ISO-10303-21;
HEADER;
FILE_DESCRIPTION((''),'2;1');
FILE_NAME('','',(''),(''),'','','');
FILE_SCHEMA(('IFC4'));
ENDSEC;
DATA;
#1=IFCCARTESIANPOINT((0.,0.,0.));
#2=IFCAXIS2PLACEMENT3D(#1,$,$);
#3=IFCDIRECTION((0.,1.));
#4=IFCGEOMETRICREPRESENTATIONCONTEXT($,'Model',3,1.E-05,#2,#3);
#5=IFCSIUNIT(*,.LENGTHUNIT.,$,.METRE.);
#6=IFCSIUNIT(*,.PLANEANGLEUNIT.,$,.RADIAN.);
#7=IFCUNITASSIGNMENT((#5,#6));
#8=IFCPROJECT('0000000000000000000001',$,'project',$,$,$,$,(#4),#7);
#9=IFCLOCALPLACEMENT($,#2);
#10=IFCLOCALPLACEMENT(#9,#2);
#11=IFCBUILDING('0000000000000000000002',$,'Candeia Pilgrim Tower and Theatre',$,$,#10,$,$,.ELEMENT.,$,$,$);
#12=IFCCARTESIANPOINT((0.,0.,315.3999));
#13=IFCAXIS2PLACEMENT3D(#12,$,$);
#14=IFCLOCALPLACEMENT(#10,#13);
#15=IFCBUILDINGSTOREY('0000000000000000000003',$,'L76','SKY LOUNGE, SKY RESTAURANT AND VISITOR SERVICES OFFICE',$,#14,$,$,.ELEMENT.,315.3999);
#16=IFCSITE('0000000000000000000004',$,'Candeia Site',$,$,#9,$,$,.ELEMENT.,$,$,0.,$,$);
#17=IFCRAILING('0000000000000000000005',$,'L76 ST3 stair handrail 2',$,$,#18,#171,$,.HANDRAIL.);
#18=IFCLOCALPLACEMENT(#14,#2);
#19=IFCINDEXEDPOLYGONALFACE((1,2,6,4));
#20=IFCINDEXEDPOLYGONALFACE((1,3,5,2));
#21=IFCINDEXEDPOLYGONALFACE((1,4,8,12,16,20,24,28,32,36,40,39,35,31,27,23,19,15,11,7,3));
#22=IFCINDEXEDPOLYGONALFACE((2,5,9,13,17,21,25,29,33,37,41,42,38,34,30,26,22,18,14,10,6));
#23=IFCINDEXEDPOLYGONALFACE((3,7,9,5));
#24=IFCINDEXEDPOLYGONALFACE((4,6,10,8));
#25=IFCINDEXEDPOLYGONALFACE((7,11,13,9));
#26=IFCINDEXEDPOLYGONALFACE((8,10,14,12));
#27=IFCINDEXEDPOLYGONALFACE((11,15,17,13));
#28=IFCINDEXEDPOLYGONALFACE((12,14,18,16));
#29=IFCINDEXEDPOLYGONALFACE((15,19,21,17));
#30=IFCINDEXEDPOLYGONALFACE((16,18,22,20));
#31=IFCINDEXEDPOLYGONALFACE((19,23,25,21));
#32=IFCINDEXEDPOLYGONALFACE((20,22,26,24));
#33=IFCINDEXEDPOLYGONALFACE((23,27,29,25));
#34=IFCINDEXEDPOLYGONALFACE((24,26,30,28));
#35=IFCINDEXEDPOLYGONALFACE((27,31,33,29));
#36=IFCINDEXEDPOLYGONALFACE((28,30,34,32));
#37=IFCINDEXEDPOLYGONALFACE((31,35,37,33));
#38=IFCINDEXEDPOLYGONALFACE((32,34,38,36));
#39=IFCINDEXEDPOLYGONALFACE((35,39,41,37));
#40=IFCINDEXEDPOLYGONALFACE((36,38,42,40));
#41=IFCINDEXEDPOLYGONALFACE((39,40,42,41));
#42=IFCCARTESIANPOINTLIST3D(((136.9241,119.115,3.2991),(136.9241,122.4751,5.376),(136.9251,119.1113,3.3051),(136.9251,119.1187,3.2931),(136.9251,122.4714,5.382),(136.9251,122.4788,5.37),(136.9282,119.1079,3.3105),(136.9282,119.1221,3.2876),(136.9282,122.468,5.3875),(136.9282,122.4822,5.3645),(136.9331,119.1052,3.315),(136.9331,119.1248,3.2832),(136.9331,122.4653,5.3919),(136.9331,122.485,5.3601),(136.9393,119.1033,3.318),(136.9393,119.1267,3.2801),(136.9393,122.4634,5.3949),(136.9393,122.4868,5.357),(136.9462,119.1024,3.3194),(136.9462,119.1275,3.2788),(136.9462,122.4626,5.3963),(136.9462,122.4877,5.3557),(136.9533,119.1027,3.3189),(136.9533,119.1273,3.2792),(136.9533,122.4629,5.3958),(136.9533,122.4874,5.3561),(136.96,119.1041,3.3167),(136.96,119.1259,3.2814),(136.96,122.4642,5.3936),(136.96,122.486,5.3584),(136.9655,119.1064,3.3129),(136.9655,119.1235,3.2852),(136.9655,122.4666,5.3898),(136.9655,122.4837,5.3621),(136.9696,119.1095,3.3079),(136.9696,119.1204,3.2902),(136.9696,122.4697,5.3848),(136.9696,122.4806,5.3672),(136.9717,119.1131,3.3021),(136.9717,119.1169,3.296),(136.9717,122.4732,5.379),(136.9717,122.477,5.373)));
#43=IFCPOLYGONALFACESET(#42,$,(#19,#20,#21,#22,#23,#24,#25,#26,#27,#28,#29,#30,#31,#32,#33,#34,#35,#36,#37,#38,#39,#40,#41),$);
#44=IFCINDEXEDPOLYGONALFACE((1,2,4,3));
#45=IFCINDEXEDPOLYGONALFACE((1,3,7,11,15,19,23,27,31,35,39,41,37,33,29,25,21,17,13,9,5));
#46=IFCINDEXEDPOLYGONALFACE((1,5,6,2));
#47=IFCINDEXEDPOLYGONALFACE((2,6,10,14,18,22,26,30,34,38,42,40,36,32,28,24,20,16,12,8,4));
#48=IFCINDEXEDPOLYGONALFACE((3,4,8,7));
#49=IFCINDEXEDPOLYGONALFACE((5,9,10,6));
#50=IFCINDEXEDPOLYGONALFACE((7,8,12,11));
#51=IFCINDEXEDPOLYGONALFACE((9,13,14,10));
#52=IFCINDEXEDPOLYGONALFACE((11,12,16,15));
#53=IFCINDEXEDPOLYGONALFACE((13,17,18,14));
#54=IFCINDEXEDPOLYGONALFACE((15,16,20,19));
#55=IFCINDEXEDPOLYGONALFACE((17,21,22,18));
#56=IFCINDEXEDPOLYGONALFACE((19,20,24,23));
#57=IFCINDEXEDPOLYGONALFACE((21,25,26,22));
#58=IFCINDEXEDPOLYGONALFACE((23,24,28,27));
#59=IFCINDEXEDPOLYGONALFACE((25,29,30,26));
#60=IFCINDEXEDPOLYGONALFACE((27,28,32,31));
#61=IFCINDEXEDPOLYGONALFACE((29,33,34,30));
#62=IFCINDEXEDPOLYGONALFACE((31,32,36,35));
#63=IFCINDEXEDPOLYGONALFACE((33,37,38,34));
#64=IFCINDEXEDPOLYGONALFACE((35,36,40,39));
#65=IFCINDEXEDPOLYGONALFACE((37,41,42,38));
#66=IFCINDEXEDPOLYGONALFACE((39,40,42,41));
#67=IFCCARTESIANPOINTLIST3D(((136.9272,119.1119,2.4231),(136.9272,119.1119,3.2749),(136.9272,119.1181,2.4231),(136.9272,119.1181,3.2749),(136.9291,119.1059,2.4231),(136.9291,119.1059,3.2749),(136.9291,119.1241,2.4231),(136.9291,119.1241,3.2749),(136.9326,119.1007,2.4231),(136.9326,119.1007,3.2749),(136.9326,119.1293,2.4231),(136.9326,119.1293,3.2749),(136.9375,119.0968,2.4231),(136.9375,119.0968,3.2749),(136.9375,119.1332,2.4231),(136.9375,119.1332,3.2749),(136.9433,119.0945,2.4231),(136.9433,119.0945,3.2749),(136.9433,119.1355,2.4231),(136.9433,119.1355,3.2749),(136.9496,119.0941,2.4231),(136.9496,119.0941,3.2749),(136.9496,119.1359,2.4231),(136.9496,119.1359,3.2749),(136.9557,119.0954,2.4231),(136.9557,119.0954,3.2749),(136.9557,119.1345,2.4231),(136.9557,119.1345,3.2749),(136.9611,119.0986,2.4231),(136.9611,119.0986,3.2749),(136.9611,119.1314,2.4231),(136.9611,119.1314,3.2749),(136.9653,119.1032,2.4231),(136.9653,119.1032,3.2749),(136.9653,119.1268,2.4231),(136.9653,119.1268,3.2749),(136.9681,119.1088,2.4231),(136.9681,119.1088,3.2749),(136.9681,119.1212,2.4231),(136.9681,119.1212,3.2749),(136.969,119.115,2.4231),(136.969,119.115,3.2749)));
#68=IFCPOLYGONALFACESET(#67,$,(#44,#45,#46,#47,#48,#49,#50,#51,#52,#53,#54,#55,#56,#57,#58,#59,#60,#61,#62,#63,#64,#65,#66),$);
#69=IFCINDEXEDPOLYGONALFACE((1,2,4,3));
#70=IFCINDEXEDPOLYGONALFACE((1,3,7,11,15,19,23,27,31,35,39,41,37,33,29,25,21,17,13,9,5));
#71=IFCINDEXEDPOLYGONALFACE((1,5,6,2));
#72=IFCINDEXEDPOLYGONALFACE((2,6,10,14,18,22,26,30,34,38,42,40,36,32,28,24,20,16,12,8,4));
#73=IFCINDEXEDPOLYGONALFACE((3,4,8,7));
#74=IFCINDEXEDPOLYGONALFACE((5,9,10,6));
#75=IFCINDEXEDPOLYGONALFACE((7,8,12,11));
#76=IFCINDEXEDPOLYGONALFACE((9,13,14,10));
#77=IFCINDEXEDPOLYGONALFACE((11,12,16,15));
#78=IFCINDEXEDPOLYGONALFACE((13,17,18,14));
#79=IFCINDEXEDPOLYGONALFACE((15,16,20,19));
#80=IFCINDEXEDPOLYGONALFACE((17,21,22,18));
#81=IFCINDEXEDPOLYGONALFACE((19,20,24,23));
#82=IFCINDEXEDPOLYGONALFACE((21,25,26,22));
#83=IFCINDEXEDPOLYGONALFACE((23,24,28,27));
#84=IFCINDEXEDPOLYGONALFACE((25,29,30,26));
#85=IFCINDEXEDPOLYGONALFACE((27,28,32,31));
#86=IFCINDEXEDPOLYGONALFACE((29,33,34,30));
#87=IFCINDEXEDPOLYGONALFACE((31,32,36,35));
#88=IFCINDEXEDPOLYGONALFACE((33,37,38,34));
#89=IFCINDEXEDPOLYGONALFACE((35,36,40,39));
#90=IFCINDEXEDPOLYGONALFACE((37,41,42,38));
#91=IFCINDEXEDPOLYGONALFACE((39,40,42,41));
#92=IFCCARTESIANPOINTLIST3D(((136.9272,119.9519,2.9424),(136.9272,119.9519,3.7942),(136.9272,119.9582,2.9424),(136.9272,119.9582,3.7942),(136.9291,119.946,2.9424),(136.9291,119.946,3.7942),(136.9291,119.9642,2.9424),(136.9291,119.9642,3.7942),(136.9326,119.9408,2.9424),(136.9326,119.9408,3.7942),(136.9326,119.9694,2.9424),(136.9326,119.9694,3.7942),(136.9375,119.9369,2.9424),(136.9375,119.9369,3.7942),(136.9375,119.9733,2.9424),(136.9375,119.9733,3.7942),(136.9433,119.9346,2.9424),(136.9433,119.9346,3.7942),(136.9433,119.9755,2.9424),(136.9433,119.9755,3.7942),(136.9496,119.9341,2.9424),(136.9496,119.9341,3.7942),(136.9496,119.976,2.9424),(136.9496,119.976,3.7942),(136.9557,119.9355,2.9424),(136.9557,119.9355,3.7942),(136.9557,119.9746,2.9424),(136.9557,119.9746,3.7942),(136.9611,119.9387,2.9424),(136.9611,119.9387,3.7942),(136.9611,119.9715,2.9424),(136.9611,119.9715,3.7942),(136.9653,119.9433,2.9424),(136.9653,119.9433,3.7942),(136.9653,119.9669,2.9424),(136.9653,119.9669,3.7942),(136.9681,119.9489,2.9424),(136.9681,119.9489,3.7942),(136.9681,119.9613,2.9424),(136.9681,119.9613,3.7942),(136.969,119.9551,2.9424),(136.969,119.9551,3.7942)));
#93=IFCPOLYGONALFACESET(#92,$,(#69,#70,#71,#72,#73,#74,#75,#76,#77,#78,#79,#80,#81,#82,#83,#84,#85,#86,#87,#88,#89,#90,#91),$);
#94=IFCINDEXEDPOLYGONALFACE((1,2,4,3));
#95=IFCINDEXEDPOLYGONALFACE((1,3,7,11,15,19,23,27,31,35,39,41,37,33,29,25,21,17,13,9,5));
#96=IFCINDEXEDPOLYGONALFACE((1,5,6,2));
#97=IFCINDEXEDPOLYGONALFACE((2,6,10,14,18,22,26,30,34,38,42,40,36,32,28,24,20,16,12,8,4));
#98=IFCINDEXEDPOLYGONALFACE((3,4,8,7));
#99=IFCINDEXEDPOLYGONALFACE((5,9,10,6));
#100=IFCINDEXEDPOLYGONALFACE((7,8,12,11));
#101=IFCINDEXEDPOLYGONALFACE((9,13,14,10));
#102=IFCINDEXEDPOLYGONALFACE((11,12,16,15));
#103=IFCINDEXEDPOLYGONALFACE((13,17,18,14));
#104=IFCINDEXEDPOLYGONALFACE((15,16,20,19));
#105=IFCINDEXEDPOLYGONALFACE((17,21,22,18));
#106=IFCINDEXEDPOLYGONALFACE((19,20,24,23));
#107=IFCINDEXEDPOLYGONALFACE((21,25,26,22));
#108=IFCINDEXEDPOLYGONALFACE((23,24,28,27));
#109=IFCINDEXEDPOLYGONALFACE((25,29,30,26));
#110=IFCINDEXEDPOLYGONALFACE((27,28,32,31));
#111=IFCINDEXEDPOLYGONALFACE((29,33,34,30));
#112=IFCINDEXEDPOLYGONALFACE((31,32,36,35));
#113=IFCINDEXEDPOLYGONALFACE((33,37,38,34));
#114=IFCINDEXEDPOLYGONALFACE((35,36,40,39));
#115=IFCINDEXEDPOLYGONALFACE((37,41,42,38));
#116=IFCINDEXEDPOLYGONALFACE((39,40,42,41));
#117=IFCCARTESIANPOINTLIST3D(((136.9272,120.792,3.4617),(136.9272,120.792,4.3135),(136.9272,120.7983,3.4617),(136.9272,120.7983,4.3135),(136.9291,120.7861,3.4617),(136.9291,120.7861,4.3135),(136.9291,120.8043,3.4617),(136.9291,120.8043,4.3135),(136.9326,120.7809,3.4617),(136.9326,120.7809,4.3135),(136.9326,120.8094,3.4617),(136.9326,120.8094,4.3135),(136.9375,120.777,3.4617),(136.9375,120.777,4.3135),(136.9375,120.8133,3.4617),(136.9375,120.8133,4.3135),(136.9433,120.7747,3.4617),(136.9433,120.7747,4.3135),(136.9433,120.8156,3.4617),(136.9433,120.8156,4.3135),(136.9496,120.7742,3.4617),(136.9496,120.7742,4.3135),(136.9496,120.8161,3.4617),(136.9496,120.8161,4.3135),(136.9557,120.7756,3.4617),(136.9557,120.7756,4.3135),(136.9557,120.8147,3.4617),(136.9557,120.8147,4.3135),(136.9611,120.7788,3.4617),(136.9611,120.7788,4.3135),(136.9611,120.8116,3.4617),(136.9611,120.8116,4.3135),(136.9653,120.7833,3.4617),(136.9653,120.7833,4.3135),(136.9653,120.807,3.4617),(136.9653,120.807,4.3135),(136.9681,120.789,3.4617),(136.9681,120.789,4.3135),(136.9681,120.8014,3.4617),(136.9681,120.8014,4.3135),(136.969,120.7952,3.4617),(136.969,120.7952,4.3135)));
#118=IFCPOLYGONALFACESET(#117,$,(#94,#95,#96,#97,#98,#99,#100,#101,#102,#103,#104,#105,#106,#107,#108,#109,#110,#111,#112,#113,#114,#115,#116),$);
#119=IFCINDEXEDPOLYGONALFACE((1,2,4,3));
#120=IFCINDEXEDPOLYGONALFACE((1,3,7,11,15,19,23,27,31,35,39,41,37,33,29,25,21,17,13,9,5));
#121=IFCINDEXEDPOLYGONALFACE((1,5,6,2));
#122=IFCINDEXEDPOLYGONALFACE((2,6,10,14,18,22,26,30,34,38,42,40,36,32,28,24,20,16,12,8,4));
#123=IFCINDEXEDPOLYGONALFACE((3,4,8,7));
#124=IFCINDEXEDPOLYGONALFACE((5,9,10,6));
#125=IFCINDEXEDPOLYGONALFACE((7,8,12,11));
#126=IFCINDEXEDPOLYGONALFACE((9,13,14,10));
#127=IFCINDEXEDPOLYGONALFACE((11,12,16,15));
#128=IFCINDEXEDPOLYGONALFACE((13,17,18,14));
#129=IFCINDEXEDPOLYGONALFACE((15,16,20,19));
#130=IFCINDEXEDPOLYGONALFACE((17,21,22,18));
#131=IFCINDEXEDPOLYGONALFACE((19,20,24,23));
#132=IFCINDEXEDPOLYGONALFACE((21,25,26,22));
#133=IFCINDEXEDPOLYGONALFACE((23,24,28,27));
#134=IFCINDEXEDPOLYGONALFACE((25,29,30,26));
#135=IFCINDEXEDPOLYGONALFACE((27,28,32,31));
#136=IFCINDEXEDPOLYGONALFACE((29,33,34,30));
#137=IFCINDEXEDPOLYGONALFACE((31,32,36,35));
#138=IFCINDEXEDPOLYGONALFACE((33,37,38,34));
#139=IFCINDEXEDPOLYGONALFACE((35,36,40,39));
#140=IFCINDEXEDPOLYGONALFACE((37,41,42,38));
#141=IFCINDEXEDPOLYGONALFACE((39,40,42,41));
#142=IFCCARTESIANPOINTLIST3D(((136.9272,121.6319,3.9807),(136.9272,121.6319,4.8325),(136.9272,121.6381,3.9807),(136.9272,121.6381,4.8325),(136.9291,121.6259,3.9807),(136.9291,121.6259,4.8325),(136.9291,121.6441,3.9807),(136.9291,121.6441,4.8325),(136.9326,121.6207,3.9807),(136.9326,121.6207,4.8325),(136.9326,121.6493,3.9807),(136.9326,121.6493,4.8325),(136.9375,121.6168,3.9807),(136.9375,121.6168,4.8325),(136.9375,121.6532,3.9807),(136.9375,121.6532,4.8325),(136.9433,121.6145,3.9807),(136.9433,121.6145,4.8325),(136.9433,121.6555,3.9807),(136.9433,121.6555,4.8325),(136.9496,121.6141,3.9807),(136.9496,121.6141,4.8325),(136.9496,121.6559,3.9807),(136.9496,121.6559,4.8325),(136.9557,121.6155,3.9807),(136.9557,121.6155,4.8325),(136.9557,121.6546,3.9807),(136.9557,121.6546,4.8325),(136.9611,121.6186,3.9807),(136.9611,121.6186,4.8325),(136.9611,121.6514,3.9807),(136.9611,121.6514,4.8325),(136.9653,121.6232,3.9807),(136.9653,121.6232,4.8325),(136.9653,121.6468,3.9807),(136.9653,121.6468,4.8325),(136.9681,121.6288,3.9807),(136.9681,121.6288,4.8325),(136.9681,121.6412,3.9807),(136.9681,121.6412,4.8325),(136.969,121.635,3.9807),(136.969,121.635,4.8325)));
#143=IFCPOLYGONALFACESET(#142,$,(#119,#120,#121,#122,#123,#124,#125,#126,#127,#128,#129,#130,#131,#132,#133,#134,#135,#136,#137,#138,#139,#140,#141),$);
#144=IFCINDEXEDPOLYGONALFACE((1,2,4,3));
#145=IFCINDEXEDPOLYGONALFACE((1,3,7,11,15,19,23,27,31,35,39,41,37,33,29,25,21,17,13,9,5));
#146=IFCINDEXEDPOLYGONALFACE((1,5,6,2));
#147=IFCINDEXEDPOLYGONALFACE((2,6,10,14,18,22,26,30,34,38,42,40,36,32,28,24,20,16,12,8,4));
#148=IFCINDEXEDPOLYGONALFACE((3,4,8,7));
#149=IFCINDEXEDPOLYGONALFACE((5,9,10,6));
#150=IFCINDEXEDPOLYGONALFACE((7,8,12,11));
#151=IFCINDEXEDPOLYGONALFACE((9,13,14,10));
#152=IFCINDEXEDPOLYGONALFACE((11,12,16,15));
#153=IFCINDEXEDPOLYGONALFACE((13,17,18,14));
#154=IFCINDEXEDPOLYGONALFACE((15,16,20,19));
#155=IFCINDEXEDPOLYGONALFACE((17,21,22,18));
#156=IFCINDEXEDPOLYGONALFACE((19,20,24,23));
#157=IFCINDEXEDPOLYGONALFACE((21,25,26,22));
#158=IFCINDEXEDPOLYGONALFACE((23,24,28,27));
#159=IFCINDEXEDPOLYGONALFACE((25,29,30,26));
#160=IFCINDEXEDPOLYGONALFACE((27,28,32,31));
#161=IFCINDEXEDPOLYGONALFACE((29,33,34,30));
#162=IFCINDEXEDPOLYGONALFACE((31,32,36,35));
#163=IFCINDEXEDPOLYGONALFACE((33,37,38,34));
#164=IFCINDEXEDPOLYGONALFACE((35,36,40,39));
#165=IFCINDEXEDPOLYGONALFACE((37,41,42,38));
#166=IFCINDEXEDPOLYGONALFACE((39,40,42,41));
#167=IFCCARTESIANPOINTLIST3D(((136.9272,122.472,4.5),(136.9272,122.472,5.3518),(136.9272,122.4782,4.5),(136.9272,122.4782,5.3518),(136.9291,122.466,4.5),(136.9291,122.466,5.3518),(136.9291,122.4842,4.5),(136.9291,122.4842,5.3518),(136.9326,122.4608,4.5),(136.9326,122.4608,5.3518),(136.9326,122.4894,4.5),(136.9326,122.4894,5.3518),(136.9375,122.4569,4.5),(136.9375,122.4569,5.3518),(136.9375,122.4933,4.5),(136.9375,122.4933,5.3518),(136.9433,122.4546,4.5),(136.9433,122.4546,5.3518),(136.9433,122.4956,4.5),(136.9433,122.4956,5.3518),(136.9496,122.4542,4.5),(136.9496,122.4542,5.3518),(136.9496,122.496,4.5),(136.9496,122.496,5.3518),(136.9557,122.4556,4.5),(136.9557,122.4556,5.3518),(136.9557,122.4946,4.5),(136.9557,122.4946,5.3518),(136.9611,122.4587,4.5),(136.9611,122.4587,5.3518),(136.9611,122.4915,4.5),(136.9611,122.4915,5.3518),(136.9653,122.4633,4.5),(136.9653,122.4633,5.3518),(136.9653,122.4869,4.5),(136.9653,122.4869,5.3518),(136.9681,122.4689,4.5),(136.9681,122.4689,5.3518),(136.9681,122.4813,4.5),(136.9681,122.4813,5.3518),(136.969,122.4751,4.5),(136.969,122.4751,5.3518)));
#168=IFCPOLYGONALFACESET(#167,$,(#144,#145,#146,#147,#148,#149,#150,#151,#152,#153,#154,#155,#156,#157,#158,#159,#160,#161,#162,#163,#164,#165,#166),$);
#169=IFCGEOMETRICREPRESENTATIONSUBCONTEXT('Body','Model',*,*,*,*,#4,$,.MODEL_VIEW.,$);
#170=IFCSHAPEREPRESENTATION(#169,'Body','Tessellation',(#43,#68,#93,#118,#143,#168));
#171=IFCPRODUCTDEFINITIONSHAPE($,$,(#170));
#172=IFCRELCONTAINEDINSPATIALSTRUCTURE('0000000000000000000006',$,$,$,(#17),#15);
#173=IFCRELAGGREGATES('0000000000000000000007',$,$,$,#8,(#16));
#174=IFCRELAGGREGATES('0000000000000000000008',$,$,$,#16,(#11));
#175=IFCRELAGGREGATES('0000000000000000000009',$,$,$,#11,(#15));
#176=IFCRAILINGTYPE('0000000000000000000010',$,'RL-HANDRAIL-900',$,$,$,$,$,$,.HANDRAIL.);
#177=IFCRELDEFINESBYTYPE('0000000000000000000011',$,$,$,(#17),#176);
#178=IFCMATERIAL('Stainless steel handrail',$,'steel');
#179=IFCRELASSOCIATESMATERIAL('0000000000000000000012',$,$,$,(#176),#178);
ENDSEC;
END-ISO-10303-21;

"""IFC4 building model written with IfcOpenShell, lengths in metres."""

from ifc_helpers import new_model, si_unit, direction, frame, origin, origin_2d, place, context, subcontext, project, spatial, circle, extrude, material, type_object, element, save


model = new_model("IFC4")

# Units and contexts
model_context = context("Model", 3, precision=1e-05, world=origin(), true_north=direction((0.0, 1.0)))
body_context = subcontext(model_context, "Body", "Model", "MODEL_VIEW")
ifc_project = project(units=[si_unit("LENGTHUNIT", "METRE"), si_unit("PLANEANGLEUNIT", "RADIAN")], contexts=[model_context])

# Site, building, storey
site_placement = place(None, origin())
site = spatial("IfcSite", under=ifc_project, at=site_placement, Name="Candeia Site", CompositionType="ELEMENT", RefElevation=0.0)
building_placement = place(site_placement, origin())
building = spatial("IfcBuilding", under=site, at=building_placement, Name="Candeia Pilgrim Tower and Theatre", CompositionType="ELEMENT")
storey_placement = place(building_placement, frame((0.0, 0.0, 315.3999)))
storey = spatial("IfcBuildingStorey", under=building, at=storey_placement, Name="L76", Description="SKY LOUNGE, SKY RESTAURANT AND VISITOR SERVICES OFFICE", CompositionType="ELEMENT", Elevation=315.3999)

# Railing
ifc_material_1 = material(Name="Stainless steel handrail", Category="steel")
railing_type_1 = type_object("IfcRailingType", Name="RL-HANDRAIL-900", PredefinedType="HANDRAIL", material=ifc_material_1)
for number, where, name in (
    (1, (136.948, 119.115, 2.4231), "L76 ST3 stair handrail 2"),
):
    element("IfcRailing", number, at=place(storey_placement, frame(where)), inside=storey, type_object=railing_type_1, Name=name, PredefinedType="HANDRAIL", context=body_context, shape_type="SweptSolid", body=[
        extrude(circle(Radius=0.0239, at=origin_2d()), frame((0.0, 0.0, 0.876), z_axis=(0.0, 0.850623, 0.525776), x_axis=(-1.0, 0.0, 0.0)), (0.0, 0.0, 1.0), 3.9502),
        extrude(circle(Radius=0.021, at=origin_2d()), origin(), (0.0, 0.0, 1.0), 0.8518),
        extrude(circle(Radius=0.021, at=origin_2d()), frame((0.0, 0.8401, 0.5193)), (0.0, 0.0, 1.0), 0.8518),
        extrude(circle(Radius=0.021, at=origin_2d()), frame((0.0, 1.6802, 1.0386)), (0.0, 0.0, 1.0), 0.8518),
        extrude(circle(Radius=0.021, at=origin_2d()), frame((0.0, 2.52, 1.5576)), (0.0, 0.0, 1.0), 0.8518),
        extrude(circle(Radius=0.021, at=origin_2d()), frame((0.0, 3.3601, 2.0769)), (0.0, 0.0, 1.0), 0.8518),
    ])

save(model, "model.ifc")
